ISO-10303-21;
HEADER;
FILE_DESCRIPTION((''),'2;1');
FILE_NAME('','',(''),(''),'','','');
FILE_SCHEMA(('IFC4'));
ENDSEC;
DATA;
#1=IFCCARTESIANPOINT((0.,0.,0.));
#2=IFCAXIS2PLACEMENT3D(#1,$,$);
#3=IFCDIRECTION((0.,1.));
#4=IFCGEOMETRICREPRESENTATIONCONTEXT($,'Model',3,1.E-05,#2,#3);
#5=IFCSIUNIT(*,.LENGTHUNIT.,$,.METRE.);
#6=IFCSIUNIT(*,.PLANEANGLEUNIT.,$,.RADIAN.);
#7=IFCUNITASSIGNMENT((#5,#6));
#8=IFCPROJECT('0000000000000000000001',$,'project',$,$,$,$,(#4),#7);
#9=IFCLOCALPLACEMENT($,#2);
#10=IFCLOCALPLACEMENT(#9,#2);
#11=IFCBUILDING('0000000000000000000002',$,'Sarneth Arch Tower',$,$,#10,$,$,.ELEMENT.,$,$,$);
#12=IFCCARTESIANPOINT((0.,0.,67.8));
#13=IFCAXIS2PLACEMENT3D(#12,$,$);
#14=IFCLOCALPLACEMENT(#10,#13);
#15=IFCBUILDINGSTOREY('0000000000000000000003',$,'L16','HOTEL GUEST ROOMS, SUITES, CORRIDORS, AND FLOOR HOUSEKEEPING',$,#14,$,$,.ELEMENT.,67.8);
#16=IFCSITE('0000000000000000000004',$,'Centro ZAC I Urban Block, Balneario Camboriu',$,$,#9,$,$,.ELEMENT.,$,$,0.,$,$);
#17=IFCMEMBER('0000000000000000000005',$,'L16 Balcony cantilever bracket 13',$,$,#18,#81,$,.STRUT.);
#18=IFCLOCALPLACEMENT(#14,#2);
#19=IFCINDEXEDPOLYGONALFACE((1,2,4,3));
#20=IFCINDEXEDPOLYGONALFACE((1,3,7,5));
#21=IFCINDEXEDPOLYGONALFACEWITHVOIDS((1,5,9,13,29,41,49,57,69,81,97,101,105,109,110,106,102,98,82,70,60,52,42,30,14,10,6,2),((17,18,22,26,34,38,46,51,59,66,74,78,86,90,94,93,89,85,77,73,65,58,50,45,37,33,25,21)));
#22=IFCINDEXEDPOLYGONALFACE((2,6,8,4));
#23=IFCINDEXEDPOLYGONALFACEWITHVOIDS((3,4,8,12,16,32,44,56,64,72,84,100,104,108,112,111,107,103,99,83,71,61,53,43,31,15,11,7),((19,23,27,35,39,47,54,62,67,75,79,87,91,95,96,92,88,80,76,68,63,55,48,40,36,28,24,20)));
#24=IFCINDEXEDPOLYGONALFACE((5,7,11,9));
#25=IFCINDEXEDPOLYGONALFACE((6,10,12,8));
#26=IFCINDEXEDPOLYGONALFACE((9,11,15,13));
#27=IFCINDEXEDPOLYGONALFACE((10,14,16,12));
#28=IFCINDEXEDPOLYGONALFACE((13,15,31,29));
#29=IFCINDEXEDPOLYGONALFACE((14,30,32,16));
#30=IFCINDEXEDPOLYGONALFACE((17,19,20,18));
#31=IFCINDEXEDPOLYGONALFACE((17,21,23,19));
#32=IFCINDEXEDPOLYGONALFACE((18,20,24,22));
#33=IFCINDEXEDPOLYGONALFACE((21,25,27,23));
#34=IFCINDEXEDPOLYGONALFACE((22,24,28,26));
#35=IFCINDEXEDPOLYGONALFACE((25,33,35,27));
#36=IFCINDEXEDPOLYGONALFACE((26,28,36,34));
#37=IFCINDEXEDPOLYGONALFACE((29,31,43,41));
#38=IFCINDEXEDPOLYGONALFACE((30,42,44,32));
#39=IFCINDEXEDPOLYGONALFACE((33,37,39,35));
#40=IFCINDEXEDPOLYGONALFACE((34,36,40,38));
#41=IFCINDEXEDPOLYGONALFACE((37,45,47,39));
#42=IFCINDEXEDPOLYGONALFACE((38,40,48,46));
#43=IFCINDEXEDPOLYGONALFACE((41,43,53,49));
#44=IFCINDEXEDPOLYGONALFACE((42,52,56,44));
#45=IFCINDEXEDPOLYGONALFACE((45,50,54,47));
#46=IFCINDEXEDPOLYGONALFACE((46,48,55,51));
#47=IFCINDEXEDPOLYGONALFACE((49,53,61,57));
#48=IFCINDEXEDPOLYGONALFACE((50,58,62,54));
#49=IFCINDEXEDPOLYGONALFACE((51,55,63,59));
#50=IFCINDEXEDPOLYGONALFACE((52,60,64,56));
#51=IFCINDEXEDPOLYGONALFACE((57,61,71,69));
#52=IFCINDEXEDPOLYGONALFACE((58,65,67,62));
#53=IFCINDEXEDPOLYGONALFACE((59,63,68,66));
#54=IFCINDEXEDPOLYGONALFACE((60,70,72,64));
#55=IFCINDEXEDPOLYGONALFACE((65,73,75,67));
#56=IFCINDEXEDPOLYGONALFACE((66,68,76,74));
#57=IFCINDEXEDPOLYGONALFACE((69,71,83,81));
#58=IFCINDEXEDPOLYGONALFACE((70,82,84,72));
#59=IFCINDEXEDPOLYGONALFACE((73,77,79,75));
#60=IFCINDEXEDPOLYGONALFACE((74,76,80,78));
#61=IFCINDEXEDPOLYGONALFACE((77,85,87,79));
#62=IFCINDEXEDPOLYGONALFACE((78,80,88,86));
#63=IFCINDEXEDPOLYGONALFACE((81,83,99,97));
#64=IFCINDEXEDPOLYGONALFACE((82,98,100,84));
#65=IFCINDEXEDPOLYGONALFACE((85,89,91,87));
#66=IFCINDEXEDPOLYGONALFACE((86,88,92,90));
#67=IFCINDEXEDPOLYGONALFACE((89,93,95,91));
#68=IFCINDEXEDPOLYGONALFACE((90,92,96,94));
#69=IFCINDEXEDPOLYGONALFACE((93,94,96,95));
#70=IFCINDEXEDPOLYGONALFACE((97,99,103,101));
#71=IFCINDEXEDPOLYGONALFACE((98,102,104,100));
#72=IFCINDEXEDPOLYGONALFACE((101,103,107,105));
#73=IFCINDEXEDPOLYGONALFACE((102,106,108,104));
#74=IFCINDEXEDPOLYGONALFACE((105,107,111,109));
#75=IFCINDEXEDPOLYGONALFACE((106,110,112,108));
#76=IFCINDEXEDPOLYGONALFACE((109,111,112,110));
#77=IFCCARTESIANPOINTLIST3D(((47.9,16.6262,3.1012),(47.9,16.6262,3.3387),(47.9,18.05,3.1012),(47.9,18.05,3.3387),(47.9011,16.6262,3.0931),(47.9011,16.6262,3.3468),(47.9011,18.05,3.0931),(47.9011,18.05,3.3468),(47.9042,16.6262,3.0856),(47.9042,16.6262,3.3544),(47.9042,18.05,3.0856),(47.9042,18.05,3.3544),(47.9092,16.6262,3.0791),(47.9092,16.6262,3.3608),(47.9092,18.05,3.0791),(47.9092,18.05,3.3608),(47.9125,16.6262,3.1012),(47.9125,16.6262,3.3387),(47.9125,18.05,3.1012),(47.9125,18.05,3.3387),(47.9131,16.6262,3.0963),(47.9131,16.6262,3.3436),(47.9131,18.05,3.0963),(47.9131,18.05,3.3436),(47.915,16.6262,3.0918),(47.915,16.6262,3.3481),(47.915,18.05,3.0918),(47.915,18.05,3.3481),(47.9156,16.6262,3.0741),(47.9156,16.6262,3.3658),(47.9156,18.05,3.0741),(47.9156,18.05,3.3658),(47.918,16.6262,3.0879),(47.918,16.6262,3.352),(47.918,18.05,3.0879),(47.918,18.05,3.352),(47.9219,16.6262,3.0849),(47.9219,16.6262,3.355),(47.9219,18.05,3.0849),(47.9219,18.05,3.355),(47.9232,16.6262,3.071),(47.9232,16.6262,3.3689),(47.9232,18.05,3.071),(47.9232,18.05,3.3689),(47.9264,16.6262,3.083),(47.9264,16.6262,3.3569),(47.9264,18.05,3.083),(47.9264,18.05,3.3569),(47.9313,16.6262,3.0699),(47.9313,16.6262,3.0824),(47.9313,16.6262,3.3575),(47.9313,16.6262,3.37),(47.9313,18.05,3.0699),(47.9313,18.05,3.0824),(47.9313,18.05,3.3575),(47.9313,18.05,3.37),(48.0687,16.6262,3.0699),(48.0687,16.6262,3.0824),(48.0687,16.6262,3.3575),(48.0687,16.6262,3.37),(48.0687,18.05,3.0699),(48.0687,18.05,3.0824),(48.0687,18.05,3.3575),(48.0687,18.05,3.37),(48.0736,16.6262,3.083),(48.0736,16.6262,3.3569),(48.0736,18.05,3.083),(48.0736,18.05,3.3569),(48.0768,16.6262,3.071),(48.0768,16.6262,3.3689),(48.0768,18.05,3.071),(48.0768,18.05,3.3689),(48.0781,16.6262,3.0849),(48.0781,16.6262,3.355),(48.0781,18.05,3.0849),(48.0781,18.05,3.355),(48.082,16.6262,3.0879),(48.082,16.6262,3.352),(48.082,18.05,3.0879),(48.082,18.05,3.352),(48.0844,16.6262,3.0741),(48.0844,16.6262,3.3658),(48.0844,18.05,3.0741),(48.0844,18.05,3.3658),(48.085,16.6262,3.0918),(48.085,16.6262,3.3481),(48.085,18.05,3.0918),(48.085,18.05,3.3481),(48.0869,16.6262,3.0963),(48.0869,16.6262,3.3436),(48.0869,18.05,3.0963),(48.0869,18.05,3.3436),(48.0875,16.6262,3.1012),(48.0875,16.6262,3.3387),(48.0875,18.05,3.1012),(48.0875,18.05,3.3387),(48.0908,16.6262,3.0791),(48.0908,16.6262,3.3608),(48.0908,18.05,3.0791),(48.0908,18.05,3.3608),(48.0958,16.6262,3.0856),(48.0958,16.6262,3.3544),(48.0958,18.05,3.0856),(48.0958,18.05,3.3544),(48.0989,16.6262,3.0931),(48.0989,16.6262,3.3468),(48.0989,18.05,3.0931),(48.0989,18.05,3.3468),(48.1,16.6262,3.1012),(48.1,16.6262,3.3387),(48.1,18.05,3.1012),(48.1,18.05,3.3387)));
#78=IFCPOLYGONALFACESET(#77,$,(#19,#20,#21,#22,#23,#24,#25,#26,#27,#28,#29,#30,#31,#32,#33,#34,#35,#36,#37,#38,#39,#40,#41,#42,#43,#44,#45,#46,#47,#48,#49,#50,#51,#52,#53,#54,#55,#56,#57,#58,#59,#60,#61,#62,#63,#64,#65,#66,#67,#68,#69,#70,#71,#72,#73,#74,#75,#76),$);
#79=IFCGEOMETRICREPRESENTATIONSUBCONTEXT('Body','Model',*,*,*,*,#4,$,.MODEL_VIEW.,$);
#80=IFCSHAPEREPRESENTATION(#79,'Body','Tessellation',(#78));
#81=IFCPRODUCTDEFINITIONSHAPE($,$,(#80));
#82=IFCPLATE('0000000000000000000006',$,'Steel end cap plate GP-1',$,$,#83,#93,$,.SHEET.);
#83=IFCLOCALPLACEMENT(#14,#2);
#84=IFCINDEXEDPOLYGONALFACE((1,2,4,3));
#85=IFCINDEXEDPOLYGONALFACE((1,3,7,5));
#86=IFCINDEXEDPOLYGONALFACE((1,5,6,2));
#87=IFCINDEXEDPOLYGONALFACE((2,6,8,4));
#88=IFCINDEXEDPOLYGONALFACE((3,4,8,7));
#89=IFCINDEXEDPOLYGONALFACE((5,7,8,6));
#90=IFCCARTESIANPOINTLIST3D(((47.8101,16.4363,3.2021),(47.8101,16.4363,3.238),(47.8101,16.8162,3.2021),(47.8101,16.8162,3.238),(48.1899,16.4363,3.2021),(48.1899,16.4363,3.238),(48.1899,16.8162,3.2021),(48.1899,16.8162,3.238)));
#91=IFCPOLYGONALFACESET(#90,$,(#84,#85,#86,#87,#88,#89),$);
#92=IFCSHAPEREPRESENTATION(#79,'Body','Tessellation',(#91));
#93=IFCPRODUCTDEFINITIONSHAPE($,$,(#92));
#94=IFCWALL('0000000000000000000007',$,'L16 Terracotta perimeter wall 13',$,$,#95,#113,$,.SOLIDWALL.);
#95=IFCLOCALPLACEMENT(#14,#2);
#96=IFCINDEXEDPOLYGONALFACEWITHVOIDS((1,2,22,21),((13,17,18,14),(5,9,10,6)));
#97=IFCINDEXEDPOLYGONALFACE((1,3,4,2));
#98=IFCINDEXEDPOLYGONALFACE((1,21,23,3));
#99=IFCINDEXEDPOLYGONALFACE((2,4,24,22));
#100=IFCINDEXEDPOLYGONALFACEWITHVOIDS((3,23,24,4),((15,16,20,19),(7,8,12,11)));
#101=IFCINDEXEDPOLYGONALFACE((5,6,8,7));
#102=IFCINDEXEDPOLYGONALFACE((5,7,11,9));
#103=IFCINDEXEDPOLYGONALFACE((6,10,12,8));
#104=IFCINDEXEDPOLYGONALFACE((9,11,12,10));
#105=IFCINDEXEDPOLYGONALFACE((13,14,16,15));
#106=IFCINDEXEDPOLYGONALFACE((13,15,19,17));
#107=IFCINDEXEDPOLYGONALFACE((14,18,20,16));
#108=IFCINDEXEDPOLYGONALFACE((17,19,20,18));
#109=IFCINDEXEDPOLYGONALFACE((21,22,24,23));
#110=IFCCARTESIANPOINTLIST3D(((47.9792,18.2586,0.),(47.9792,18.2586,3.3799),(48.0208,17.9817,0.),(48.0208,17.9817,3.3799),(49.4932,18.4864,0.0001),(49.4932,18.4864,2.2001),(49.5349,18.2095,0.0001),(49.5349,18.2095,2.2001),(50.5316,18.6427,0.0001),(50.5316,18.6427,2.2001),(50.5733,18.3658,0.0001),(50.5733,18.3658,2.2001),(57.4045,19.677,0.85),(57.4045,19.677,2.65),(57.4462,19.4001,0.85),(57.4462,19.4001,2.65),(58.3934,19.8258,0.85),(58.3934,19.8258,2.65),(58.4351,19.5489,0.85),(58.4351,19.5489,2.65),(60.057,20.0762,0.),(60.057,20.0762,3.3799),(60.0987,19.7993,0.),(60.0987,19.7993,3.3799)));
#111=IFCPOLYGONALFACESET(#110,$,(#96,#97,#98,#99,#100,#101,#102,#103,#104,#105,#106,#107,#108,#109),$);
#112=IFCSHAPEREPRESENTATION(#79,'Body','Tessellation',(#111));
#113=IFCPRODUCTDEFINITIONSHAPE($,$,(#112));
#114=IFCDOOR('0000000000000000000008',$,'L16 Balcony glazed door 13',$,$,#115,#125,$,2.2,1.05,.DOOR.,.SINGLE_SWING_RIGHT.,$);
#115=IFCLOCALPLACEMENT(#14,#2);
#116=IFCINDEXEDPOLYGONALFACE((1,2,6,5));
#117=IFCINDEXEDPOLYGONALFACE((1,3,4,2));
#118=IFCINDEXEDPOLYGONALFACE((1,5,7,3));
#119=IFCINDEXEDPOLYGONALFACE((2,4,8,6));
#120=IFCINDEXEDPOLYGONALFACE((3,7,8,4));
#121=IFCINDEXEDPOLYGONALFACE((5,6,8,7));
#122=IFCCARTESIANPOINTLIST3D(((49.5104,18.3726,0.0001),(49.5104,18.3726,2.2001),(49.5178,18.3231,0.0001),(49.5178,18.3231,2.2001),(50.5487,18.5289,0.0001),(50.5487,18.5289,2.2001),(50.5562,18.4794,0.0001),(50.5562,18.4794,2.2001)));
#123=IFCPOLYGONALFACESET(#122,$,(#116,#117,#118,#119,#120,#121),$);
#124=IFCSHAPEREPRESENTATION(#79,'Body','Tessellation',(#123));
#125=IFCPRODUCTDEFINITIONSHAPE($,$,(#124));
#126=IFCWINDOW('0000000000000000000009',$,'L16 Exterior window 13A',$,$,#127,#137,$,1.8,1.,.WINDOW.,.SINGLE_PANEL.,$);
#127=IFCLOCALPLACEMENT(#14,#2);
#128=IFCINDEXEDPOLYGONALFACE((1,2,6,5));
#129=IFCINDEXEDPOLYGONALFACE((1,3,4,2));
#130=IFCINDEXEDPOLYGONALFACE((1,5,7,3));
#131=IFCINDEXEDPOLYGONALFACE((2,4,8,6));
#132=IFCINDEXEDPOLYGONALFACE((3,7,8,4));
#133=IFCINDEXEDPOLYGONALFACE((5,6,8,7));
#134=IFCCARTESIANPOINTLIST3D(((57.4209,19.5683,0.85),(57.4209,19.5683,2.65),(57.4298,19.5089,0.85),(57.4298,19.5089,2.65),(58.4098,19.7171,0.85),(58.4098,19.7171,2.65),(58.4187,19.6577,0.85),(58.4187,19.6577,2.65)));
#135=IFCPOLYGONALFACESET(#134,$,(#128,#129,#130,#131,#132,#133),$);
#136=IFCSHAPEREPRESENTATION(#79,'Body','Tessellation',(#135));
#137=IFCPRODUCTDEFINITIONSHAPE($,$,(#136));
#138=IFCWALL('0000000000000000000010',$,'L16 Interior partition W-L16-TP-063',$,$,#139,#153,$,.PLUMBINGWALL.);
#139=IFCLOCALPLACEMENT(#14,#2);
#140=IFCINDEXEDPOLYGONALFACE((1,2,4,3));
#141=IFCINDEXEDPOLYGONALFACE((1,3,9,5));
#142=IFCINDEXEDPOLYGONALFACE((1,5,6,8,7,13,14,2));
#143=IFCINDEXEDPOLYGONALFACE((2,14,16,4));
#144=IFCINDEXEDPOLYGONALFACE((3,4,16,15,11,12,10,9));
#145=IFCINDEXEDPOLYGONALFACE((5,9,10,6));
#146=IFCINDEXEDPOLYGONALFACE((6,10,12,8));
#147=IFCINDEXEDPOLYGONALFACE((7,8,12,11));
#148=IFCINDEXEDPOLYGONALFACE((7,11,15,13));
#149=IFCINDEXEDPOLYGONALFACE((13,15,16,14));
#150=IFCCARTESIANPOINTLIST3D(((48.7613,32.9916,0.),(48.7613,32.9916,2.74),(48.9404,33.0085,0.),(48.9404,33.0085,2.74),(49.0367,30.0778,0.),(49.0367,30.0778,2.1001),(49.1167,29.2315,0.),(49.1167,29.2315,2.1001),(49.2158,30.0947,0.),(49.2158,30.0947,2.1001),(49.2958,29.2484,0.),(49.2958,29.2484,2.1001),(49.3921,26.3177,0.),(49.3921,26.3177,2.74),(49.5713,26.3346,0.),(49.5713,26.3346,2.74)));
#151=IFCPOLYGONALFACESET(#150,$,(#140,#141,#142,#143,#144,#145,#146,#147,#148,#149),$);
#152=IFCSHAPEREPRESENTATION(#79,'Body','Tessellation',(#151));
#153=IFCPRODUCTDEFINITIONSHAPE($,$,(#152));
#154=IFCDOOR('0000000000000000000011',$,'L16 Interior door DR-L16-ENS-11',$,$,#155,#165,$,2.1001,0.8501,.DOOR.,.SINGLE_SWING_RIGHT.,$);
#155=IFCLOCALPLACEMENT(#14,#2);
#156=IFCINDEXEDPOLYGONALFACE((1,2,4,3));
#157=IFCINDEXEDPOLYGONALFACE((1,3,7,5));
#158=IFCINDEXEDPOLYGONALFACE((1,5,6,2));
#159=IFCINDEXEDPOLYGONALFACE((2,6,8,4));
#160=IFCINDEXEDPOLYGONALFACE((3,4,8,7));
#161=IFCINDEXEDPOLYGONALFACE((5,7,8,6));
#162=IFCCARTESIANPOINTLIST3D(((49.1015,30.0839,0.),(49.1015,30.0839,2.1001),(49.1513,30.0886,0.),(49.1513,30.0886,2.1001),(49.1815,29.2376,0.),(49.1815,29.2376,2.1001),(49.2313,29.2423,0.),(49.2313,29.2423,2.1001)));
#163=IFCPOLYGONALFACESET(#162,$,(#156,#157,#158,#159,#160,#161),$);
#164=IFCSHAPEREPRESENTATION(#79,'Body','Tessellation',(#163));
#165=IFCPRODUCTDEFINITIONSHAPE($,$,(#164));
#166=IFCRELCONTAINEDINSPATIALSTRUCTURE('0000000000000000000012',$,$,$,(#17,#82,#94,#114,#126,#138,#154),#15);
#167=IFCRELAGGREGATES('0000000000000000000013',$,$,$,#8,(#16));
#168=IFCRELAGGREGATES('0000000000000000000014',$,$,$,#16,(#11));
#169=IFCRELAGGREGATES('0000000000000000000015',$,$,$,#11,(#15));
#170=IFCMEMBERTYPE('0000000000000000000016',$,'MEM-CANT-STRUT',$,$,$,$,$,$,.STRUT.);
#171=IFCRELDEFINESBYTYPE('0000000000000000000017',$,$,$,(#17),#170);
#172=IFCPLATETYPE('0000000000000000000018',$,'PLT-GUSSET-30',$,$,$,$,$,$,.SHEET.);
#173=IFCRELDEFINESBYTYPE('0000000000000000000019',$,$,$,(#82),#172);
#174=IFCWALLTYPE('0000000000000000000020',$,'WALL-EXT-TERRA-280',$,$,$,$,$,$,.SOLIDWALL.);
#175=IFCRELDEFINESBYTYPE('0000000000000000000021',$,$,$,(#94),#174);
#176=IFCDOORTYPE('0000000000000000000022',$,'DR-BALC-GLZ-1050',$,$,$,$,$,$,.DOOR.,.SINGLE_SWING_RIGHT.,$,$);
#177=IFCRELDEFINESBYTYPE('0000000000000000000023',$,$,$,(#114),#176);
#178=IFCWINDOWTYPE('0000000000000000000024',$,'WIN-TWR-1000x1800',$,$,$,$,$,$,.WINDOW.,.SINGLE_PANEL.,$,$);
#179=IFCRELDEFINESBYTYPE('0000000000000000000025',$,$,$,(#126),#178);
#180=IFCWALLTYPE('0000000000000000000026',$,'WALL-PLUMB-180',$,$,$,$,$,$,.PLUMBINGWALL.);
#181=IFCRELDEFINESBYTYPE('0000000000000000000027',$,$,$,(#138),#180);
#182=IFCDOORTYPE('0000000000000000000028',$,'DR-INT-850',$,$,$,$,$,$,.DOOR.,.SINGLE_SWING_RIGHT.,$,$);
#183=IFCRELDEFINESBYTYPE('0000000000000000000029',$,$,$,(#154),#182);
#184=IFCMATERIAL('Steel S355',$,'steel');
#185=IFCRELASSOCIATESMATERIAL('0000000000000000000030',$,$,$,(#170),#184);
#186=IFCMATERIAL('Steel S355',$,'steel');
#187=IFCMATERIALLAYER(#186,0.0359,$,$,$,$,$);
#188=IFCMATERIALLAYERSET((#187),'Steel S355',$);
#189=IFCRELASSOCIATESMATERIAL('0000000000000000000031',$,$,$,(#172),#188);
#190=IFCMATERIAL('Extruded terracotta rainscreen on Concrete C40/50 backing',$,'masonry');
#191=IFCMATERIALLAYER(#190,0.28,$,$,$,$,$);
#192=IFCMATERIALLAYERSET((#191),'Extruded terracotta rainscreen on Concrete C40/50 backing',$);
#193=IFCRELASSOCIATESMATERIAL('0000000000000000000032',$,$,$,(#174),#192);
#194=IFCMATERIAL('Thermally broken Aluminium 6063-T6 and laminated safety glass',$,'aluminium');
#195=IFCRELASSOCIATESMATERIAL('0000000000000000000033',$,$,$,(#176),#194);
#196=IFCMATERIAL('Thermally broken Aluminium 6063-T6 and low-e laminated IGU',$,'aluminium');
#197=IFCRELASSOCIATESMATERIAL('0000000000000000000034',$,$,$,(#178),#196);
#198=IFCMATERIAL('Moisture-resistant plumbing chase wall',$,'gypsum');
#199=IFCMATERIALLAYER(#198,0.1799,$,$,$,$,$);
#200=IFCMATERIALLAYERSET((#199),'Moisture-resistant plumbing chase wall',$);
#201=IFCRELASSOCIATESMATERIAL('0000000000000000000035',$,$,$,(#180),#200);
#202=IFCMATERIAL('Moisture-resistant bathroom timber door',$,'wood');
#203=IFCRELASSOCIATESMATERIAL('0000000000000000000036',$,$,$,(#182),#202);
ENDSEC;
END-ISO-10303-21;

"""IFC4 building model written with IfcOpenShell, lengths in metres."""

from ifc_helpers import new_model, si_unit, direction, frame, frame_2d, origin, origin_2d, place, context, subcontext, project, spatial, rectangle, hollow_rectangle, extrude, material, layer, layer_set, material_profile, profile_set, type_object, element, fill, save


model = new_model("IFC4")

# Units and contexts
model_context = context("Model", 3, precision=1e-05, world=origin(), true_north=direction((0.0, 1.0)))
body_context = subcontext(model_context, "Body", "Model", "MODEL_VIEW")
ifc_project = project(units=[si_unit("LENGTHUNIT", "METRE"), si_unit("PLANEANGLEUNIT", "RADIAN")], contexts=[model_context])

# Site, building, storey
site_placement = place(None, origin())
site = spatial("IfcSite", under=ifc_project, at=site_placement, Name="Centro ZAC I Urban Block, Balneario Camboriu", CompositionType="ELEMENT", RefElevation=0.0)
building_placement = place(site_placement, origin())
building = spatial("IfcBuilding", under=site, at=building_placement, Name="Sarneth Arch Tower", CompositionType="ELEMENT")
storey_placement = place(building_placement, frame((0.0, 0.0, 67.8)))
storey = spatial("IfcBuildingStorey", under=building, at=storey_placement, Name="L16", Description="HOTEL GUEST ROOMS, SUITES, CORRIDORS, AND FLOOR HOUSEKEEPING", CompositionType="ELEMENT", Elevation=67.8)

# Member
ifc_material_1 = material(Name="Steel S355", Category="steel")
ifc_material_profile_1 = material_profile(ifc_material_1, hollow_rectangle(XDim=0.2, YDim=0.3, WallThickness=0.0125, InnerFilletRadius=0.0188, OuterFilletRadius=0.0312, at=origin_2d()), Name="RHS300x200x12.5")
ifc_profile_set_1 = profile_set([ifc_material_profile_1], Name="Steel S355")
member_type_1 = type_object("IfcMemberType", Name="MEM-CANT-STRUT", PredefinedType="STRUT", material=ifc_profile_set_1)
member_1_placement = place(storey_placement, frame((48.0, 18.05, 3.22), z_axis=(0.0, -1.0, 0.0), x_axis=(1.0, 0.0, 0.0)))
element("IfcMember", 1, at=member_1_placement, inside=storey, type_object=member_type_1, Name="L16 Balcony cantilever bracket 13", PredefinedType="STRUT", context=body_context, shape_type="SweptSolid", body=[
    extrude(hollow_rectangle(XDim=0.2, YDim=0.3, WallThickness=0.0125, InnerFilletRadius=0.0188, OuterFilletRadius=0.0312, at=origin_2d()), origin(), (0.0, 0.0, 1.0), 1.4238),
])

# Plate
ifc_material_2 = material(Name="Steel S355", Category="steel")
ifc_layer_1 = layer(ifc_material_2, 0.0359)
ifc_layer_set_1 = layer_set([ifc_layer_1], Name="Steel S355")
plate_type = type_object("IfcPlateType", Name="PLT-GUSSET-30", PredefinedType="SHEET", material=ifc_layer_set_1)
plate_placement = place(storey_placement, frame((48.0, 16.6262, 3.2021), z_axis=(0.0, 0.0, 1.0), x_axis=(0.0, -1.0, 0.0)))
element("IfcPlate", 2, at=plate_placement, inside=storey, type_object=plate_type, Name="Steel end cap plate GP-1", PredefinedType="SHEET", context=body_context, shape_type="SweptSolid", body=[
    extrude(rectangle(XDim=0.3799, YDim=0.3799, at=origin_2d()), origin(), (0.0, 0.0, 1.0), 0.0359),
])

# Wall, openings, door, window
ifc_material_3 = material(Name="Extruded terracotta rainscreen on Concrete C40/50 backing", Category="masonry")
ifc_layer_2 = layer(ifc_material_3, 0.28)
ifc_layer_set_2 = layer_set([ifc_layer_2], Name="Extruded terracotta rainscreen on Concrete C40/50 backing")
wall_type_1 = type_object("IfcWallType", Name="WALL-EXT-TERRA-280", PredefinedType="SOLIDWALL", material=ifc_layer_set_2)
wall_1_placement = place(storey_placement, frame((48.0, 18.1201, 0.0), z_axis=(0.0, 0.0, 1.0), x_axis=(0.988865, 0.148816, 0.0)))
wall_1 = element("IfcWall", 3, at=wall_1_placement, inside=storey, type_object=wall_type_1, Name="L16 Terracotta perimeter wall 13", PredefinedType="SOLIDWALL", context=body_context, shape_type="SweptSolid", body=[
    extrude(rectangle(XDim=12.2139, YDim=0.28, at=frame_2d((6.1069, 0.0))), origin(), (0.0, 0.0, 1.0), 3.3799),
])
opening_1_placement = place(wall_1_placement, frame((1.5312, 0.0, 0.0)))
opening_1 = element("IfcOpeningElement", 4, at=opening_1_placement, cuts=wall_1, PredefinedType="OPENING", context=body_context, shape_type="SweptSolid", body=[
    extrude(rectangle(XDim=1.05, YDim=2.2, at=frame_2d((0.5249, 1.1001))), frame((0.0, 0.1499, 0.0), z_axis=(0.0, -1.0, 0.0), x_axis=(1.0, 0.0, 0.0)), (0.0, 0.0, 1.0), 0.3),
])
opening_2_placement = place(wall_1_placement, frame((9.5315, 0.0, 0.8501)))
opening_2 = element("IfcOpeningElement", 5, at=opening_2_placement, cuts=wall_1, PredefinedType="OPENING", context=body_context, shape_type="SweptSolid", body=[
    extrude(rectangle(XDim=1.0, YDim=1.8, at=frame_2d((0.5, 0.8999))), frame((0.0, 0.1499, 0.0), z_axis=(0.0, -1.0, 0.0), x_axis=(1.0, 0.0, 0.0)), (0.0, 0.0, 1.0), 0.3),
])
ifc_material_4 = material(Name="Thermally broken Aluminium 6063-T6 and laminated safety glass", Category="aluminium")
door_type_1 = type_object("IfcDoorType", Name="DR-BALC-GLZ-1050", OperationType="SINGLE_SWING_RIGHT", PredefinedType="DOOR", material=ifc_material_4)
door_1_placement = place(opening_1_placement, origin())
door_1 = element("IfcDoor", 6, at=door_1_placement, inside=storey, type_object=door_type_1, Name="L16 Balcony glazed door 13", OperationType="SINGLE_SWING_RIGHT", OverallHeight=2.2, OverallWidth=1.05, PredefinedType="DOOR", context=body_context, shape_type="SweptSolid", body=[
    extrude(rectangle(XDim=1.05, YDim=2.2, at=frame_2d((0.5249, 1.1001))), frame((0.0, 0.0249, 0.0), z_axis=(0.0, -1.0, 0.0), x_axis=(1.0, 0.0, 0.0)), (0.0, 0.0, 1.0), 0.05),
])
fill(opening_1, door_1)
ifc_material_5 = material(Name="Thermally broken Aluminium 6063-T6 and low-e laminated IGU", Category="aluminium")
window_type = type_object("IfcWindowType", Name="WIN-TWR-1000x1800", PartitioningType="SINGLE_PANEL", PredefinedType="WINDOW", material=ifc_material_5)
window_placement = place(opening_2_placement, origin())
window = element("IfcWindow", 7, at=window_placement, inside=storey, type_object=window_type, Name="L16 Exterior window 13A", OverallHeight=1.8, OverallWidth=1.0, PartitioningType="SINGLE_PANEL", PredefinedType="WINDOW", context=body_context, shape_type="SweptSolid", body=[
    extrude(rectangle(XDim=1.0, YDim=1.8, at=frame_2d((0.5, 0.8999))), frame((0.0, 0.03, 0.0), z_axis=(0.0, -1.0, 0.0), x_axis=(1.0, 0.0, 0.0)), (0.0, 0.0, 1.0), 0.0601),
])
fill(opening_2, window)

# Wall, opening, door
ifc_material_6 = material(Name="Moisture-resistant plumbing chase wall", Category="gypsum")
ifc_layer_3 = layer(ifc_material_6, 0.1799)
ifc_layer_set_3 = layer_set([ifc_layer_3], Name="Moisture-resistant plumbing chase wall")
wall_type_2 = type_object("IfcWallType", Name="WALL-PLUMB-180", PredefinedType="PLUMBINGWALL", material=ifc_layer_set_3)
wall_2_placement = place(storey_placement, frame((49.4817, 26.3262, 0.0), z_axis=(0.0, 0.0, 1.0), x_axis=(-0.094108, 0.995562, 0.0)))
wall_2 = element("IfcWall", 8, at=wall_2_placement, inside=storey, type_object=wall_type_2, Name="L16 Interior partition W-L16-TP-063", PredefinedType="PLUMBINGWALL", context=body_context, shape_type="SweptSolid", body=[
    extrude(rectangle(XDim=6.7036, YDim=0.1799, at=frame_2d((3.3518, 0.0))), origin(), (0.0, 0.0, 1.0), 2.74),
])
opening_3_placement = place(wall_2_placement, frame((2.9268, 0.0, 0.0)))
opening_3 = element("IfcOpeningElement", 9, at=opening_3_placement, cuts=wall_2, PredefinedType="OPENING", context=body_context, shape_type="SweptSolid", body=[
    extrude(rectangle(XDim=0.8501, YDim=2.1001, at=frame_2d((0.425, 1.05))), frame((0.0, 0.0999, 0.0), z_axis=(0.0, -1.0, 0.0), x_axis=(1.0, 0.0, 0.0)), (0.0, 0.0, 1.0), 0.2),
])
ifc_material_7 = material(Name="Moisture-resistant bathroom timber door", Category="wood")
door_type_2 = type_object("IfcDoorType", Name="DR-INT-850", OperationType="SINGLE_SWING_RIGHT", PredefinedType="DOOR", material=ifc_material_7)
door_2_placement = place(opening_3_placement, origin())
door_2 = element("IfcDoor", 10, at=door_2_placement, inside=storey, type_object=door_type_2, Name="L16 Interior door DR-L16-ENS-11", OperationType="SINGLE_SWING_RIGHT", OverallHeight=2.1001, OverallWidth=0.8501, PredefinedType="DOOR", context=body_context, shape_type="SweptSolid", body=[
    extrude(rectangle(XDim=0.8501, YDim=2.1001, at=frame_2d((0.425, 1.05))), frame((0.0, 0.0249, 0.0), z_axis=(0.0, -1.0, 0.0), x_axis=(1.0, 0.0, 0.0)), (0.0, 0.0, 1.0), 0.05),
])
fill(opening_3, door_2)

save(model, "model.ifc")
